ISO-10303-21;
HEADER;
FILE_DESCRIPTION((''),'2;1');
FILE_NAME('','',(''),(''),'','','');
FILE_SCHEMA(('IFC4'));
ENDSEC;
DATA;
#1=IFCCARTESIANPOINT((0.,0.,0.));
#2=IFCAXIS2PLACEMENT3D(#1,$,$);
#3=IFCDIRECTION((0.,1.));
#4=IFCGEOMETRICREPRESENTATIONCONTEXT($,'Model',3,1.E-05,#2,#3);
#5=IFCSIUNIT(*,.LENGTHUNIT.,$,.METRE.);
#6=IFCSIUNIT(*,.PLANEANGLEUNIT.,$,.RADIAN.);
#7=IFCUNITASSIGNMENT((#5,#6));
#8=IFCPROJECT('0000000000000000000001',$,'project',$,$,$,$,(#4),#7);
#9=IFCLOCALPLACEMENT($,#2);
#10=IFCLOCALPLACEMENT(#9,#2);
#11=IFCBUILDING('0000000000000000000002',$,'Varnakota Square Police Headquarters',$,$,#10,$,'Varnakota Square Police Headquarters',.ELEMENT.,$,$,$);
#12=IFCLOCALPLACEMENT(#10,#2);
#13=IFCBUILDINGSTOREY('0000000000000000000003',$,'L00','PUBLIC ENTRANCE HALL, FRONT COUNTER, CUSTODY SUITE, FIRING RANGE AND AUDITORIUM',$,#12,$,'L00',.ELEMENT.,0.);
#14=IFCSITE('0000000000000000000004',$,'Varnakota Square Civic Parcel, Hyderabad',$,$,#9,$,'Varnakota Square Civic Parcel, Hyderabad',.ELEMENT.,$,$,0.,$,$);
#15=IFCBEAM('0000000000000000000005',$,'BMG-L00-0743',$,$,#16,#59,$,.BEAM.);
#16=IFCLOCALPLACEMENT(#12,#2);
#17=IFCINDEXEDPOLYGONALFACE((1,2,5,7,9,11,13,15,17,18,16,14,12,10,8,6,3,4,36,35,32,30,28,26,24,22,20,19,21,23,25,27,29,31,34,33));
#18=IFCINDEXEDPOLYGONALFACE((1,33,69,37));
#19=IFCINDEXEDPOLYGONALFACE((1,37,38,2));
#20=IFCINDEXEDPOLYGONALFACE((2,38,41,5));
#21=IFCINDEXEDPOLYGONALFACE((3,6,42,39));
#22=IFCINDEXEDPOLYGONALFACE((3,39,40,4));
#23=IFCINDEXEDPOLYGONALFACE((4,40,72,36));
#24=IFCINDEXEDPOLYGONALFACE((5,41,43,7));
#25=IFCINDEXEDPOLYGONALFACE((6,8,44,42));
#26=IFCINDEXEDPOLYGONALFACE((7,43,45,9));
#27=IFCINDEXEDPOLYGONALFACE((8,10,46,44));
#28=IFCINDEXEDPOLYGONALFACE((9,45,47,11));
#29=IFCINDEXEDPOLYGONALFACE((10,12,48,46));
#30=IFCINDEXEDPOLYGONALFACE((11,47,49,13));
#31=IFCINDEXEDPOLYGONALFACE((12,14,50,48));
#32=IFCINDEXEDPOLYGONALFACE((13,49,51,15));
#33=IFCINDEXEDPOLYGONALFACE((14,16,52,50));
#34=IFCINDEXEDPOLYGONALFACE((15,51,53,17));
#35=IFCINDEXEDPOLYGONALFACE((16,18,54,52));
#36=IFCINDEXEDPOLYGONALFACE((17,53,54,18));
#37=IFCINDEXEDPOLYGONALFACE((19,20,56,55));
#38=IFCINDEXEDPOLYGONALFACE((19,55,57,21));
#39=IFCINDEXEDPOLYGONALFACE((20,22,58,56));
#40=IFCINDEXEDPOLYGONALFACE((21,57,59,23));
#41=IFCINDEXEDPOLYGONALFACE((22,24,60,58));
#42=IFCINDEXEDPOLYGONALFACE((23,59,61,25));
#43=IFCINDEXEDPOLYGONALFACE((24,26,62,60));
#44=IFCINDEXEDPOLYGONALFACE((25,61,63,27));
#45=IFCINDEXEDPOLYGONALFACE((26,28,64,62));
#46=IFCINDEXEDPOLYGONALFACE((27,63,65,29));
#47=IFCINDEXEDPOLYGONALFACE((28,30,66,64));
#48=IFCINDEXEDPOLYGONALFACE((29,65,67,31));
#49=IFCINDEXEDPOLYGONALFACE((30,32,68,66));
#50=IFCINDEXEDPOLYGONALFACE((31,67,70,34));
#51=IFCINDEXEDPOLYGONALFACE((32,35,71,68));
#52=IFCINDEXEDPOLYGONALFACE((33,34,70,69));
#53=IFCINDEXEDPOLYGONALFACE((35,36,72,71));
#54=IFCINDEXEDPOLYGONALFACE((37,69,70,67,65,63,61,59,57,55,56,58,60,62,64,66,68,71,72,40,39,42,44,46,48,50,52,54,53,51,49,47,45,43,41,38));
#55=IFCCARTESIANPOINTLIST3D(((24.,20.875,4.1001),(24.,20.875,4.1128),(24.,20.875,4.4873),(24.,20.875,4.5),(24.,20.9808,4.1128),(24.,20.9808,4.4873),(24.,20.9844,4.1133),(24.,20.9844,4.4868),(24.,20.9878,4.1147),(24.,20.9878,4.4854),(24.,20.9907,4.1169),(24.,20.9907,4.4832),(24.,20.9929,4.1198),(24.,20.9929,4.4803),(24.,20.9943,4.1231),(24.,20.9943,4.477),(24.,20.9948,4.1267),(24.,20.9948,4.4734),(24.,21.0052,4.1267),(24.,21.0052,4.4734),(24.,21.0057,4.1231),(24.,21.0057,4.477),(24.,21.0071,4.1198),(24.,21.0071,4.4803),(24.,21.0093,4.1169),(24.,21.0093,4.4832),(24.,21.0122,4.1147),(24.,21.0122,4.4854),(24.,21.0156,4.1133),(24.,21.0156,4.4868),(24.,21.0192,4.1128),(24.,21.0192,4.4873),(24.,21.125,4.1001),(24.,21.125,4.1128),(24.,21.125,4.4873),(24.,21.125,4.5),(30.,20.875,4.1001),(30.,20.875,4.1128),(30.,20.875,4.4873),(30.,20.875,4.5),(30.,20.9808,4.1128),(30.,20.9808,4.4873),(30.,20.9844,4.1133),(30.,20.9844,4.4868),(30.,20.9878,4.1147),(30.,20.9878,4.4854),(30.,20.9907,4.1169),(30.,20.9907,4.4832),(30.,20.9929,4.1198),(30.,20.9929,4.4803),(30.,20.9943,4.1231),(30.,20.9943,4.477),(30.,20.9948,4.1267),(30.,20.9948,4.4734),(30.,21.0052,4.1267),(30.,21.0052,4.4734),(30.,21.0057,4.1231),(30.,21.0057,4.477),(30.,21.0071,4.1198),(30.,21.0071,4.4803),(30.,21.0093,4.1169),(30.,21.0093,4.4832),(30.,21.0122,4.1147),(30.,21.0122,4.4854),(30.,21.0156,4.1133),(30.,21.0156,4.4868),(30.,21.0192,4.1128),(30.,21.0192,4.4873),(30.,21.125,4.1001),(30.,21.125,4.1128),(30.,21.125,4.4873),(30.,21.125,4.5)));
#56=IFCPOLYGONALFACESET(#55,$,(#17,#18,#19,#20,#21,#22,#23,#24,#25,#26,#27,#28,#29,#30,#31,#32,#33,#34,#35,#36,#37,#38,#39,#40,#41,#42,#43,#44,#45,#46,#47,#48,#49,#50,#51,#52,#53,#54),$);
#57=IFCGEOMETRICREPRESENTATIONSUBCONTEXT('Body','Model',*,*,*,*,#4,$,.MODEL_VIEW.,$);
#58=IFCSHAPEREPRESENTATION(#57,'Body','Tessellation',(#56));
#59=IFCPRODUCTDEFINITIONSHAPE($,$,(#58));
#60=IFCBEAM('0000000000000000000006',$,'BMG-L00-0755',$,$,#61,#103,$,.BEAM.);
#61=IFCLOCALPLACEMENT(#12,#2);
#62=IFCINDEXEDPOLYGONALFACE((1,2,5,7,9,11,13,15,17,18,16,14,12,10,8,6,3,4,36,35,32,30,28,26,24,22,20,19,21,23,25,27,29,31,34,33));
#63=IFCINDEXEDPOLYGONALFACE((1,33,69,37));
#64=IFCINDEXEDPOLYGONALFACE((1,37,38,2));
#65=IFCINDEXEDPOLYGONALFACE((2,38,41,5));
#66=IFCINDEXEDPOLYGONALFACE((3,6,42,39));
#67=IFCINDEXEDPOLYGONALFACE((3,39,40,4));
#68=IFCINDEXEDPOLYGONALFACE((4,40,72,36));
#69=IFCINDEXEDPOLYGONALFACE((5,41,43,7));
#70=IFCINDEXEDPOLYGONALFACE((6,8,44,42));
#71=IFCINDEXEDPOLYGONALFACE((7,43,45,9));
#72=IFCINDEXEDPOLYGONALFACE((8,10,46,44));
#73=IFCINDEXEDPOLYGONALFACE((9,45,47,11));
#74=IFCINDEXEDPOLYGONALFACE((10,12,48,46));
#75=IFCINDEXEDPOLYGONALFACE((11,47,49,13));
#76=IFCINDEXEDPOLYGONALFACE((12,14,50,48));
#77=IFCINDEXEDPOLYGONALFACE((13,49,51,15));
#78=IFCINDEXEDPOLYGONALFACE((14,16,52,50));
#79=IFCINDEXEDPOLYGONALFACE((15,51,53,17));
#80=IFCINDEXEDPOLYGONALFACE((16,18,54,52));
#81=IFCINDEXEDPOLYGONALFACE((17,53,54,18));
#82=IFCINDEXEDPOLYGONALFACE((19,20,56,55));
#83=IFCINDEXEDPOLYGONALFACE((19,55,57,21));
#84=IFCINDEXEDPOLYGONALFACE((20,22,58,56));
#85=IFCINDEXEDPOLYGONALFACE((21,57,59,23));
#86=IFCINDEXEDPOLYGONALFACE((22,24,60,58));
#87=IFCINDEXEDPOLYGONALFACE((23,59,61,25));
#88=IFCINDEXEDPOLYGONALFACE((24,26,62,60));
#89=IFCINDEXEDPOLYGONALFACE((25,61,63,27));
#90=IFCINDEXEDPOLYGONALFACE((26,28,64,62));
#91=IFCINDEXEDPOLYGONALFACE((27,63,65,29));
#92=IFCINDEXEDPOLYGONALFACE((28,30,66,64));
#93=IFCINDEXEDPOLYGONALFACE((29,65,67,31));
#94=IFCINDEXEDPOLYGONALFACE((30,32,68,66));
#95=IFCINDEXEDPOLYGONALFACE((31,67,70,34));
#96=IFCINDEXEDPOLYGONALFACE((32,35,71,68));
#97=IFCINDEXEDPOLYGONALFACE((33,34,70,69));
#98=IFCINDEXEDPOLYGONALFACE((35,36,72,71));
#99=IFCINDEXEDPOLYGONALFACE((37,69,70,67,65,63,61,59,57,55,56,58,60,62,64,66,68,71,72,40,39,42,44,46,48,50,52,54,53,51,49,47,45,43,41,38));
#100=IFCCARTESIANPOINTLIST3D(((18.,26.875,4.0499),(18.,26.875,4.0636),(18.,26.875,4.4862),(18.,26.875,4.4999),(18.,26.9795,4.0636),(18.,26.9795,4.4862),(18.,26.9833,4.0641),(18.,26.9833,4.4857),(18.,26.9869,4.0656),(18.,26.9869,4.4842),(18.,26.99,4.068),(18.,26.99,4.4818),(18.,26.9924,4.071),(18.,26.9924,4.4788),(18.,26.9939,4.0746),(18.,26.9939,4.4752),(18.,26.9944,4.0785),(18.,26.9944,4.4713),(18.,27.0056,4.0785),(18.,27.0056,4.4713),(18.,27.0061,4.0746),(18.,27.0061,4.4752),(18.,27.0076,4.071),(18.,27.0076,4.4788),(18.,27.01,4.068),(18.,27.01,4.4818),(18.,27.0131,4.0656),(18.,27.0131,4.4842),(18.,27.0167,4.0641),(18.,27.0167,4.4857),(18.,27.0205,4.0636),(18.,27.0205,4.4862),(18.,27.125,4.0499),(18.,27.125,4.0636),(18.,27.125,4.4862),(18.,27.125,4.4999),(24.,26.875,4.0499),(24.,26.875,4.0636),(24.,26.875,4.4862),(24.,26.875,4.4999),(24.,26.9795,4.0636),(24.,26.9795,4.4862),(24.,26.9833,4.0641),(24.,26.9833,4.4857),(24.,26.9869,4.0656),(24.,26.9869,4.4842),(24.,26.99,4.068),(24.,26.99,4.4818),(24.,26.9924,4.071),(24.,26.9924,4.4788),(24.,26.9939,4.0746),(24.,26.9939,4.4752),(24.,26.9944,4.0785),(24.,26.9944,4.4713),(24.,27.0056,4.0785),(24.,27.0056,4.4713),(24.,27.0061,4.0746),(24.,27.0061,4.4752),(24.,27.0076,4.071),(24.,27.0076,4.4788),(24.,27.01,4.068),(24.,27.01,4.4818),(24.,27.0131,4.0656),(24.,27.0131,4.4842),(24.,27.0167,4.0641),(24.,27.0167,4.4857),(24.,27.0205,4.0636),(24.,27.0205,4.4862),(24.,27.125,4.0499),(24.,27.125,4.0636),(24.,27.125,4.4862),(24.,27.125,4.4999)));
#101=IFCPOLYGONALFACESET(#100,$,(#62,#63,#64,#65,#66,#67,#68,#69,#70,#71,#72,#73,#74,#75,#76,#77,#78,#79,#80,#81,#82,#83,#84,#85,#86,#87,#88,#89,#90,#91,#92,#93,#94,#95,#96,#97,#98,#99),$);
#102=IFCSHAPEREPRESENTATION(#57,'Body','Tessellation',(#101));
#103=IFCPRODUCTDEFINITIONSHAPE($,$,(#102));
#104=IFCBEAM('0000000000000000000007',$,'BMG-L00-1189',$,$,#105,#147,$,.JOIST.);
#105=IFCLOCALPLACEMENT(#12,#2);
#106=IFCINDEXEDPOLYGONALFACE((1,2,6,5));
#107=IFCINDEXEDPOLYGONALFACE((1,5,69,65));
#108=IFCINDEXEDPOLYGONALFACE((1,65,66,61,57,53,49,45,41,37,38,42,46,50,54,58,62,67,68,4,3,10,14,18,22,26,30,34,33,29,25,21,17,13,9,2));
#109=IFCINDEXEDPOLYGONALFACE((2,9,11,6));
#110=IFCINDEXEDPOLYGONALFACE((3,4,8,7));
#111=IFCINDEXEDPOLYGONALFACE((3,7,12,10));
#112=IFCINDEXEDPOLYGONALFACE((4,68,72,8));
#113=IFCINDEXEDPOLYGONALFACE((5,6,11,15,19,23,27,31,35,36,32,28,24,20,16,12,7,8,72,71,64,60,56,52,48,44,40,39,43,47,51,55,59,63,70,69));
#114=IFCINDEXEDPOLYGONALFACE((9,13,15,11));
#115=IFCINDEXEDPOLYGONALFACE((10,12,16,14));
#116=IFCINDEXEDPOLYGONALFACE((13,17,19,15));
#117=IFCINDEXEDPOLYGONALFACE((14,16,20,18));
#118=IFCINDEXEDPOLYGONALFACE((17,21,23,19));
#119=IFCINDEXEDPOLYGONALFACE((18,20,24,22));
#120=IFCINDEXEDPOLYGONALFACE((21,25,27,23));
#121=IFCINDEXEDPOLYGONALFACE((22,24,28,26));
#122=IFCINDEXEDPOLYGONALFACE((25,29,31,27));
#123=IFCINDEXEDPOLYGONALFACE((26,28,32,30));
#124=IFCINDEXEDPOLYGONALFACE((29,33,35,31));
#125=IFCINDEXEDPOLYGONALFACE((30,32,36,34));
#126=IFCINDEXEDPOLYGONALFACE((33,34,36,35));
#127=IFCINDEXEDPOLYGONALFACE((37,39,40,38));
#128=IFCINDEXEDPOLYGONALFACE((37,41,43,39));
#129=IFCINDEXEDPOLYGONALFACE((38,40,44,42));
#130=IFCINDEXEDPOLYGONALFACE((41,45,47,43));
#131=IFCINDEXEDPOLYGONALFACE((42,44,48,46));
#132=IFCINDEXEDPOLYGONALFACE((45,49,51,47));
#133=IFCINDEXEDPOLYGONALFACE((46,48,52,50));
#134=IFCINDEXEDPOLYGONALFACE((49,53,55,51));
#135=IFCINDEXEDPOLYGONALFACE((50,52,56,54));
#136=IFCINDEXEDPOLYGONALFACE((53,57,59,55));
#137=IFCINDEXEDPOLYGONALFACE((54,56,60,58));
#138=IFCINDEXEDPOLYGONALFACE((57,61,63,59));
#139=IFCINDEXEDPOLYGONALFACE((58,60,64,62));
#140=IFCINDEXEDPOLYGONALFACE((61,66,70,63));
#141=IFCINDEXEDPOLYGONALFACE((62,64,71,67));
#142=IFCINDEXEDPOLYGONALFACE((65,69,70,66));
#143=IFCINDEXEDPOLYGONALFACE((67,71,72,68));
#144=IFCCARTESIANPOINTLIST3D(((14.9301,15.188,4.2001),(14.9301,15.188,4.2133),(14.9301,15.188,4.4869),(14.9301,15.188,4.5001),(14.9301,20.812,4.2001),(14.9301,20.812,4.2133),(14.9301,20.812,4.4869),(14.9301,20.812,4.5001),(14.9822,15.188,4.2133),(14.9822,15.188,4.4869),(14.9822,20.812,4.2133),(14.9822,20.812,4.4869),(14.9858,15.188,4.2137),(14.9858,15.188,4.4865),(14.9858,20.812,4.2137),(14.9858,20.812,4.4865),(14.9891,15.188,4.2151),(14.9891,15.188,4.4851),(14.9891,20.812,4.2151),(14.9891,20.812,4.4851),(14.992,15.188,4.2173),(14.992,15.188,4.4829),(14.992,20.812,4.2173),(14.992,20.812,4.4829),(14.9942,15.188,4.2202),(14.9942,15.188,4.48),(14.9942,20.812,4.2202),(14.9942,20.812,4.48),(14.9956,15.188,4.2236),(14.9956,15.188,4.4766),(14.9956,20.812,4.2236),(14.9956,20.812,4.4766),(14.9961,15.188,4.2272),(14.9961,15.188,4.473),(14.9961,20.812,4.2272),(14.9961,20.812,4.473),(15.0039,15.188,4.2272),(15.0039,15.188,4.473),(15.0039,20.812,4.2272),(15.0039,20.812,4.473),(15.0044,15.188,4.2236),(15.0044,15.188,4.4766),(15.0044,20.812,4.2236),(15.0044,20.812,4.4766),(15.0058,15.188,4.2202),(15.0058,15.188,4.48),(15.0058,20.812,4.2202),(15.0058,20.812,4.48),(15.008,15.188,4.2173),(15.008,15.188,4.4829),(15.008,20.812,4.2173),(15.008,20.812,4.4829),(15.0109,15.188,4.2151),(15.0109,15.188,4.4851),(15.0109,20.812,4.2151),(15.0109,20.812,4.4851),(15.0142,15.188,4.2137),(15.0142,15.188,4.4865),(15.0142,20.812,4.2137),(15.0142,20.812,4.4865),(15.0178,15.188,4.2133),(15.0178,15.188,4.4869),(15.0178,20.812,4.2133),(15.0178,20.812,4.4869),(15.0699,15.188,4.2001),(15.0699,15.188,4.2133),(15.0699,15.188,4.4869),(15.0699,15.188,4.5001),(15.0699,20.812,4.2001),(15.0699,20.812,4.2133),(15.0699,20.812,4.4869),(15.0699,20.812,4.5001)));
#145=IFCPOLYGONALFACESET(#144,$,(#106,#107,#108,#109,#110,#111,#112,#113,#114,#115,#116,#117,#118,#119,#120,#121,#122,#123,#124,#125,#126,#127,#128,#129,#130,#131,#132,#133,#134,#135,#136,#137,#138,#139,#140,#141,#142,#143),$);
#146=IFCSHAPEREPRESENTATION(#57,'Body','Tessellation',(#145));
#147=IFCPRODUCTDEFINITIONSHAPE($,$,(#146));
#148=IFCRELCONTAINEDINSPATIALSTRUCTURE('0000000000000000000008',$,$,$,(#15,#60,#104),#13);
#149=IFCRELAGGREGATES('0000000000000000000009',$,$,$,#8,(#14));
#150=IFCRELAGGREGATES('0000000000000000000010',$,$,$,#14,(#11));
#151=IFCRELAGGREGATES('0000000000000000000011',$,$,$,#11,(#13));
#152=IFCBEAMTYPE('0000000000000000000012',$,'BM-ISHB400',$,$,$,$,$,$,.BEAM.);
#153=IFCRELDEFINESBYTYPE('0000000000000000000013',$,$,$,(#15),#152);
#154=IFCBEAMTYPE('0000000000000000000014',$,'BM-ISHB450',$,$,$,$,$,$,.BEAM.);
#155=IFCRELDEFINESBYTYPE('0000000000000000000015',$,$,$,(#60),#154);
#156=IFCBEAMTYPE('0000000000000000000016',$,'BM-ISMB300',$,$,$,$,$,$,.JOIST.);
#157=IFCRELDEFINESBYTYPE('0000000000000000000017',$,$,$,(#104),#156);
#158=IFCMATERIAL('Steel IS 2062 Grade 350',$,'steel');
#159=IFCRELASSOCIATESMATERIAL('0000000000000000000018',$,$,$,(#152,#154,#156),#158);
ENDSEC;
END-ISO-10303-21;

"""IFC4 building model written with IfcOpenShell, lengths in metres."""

from ifc_helpers import new_model, si_unit, direction, frame, origin, origin_2d, place, context, subcontext, project, spatial, i_section, extrude, material, material_profile, profile_set, type_object, element, save


model = new_model("IFC4")

# Units and contexts
model_context = context("Model", 3, precision=1e-05, world=origin(), true_north=direction((0.0, 1.0)))
body_context = subcontext(model_context, "Body", "Model", "MODEL_VIEW")
ifc_project = project(units=[si_unit("LENGTHUNIT", "METRE"), si_unit("PLANEANGLEUNIT", "RADIAN")], contexts=[model_context])

# Site, building, storey
site_placement = place(None, origin())
site = spatial("IfcSite", under=ifc_project, at=site_placement, Name="Varnakota Square Civic Parcel, Hyderabad", LongName="Varnakota Square Civic Parcel, Hyderabad", CompositionType="ELEMENT", RefElevation=0.0)
building_placement = place(site_placement, origin())
building = spatial("IfcBuilding", under=site, at=building_placement, Name="Varnakota Square Police Headquarters", LongName="Varnakota Square Police Headquarters", CompositionType="ELEMENT")
storey_placement = place(building_placement, origin())
storey = spatial("IfcBuildingStorey", under=building, at=storey_placement, Name="L00", Description="PUBLIC ENTRANCE HALL, FRONT COUNTER, CUSTODY SUITE, FIRING RANGE AND AUDITORIUM", LongName="L00", CompositionType="ELEMENT", Elevation=0.0)

# Beams
ifc_material_1 = material(Name="Steel IS 2062 Grade 350", Category="steel")
ifc_material_profile_1 = material_profile(ifc_material_1, i_section(OverallWidth=0.25, OverallDepth=0.3999, WebThickness=0.0105, FlangeThickness=0.0127, FilletRadius=0.0139, at=origin_2d()), Name="ISHB 400")
ifc_profile_set_1 = profile_set([ifc_material_profile_1], Name="Steel IS 2062 Grade 350")
beam_type_1 = type_object("IfcBeamType", Name="BM-ISHB400", PredefinedType="BEAM", material=ifc_profile_set_1)
for number, where, z_axis, x_axis, name in (
    (1, (24.0, 21.0, 4.3), (1.0, 0.0, 0.0), (0.0, 1.0, 0.0), "BMG-L00-0743"),
):
    element("IfcBeam", number, at=place(storey_placement, frame(where, z_axis=z_axis, x_axis=x_axis)), inside=storey, type_object=beam_type_1, Name=name, PredefinedType="BEAM", context=body_context, shape_type="SweptSolid", body=[
        extrude(i_section(OverallWidth=0.25, OverallDepth=0.3999, WebThickness=0.0105, FlangeThickness=0.0127, FilletRadius=0.0139, at=origin_2d()), origin(), (0.0, 0.0, 1.0), 6.0),
    ])
ifc_material_profile_2 = material_profile(ifc_material_1, i_section(OverallWidth=0.25, OverallDepth=0.45, WebThickness=0.0112, FlangeThickness=0.0137, FilletRadius=0.0149, at=origin_2d()), Name="ISHB 450")
ifc_profile_set_2 = profile_set([ifc_material_profile_2], Name="Steel IS 2062 Grade 350")
beam_type_2 = type_object("IfcBeamType", Name="BM-ISHB450", PredefinedType="BEAM", material=ifc_profile_set_2)
beam_1_placement = place(storey_placement, frame((18.0, 27.0, 4.2749), z_axis=(1.0, 0.0, 0.0), x_axis=(0.0, 1.0, 0.0)))
element("IfcBeam", 2, at=beam_1_placement, inside=storey, type_object=beam_type_2, Name="BMG-L00-0755", PredefinedType="BEAM", context=body_context, shape_type="SweptSolid", body=[
    extrude(i_section(OverallWidth=0.25, OverallDepth=0.45, WebThickness=0.0112, FlangeThickness=0.0137, FilletRadius=0.0149, at=origin_2d()), origin(), (0.0, 0.0, 1.0), 6.0),
])
ifc_material_profile_3 = material_profile(ifc_material_1, i_section(OverallWidth=0.1399, OverallDepth=0.3, WebThickness=0.0078, FlangeThickness=0.0132, FilletRadius=0.0139, at=origin_2d()), Name="ISMB 300")
ifc_profile_set_3 = profile_set([ifc_material_profile_3], Name="Steel IS 2062 Grade 350")
beam_type_3 = type_object("IfcBeamType", Name="BM-ISMB300", PredefinedType="JOIST", material=ifc_profile_set_3)
beam_2_placement = place(storey_placement, frame((15.0, 15.188, 4.3501), z_axis=(0.0, 1.0, 0.0), x_axis=(-1.0, 0.0, 0.0)))
element("IfcBeam", 3, at=beam_2_placement, inside=storey, type_object=beam_type_3, Name="BMG-L00-1189", PredefinedType="JOIST", context=body_context, shape_type="SweptSolid", body=[
    extrude(i_section(OverallWidth=0.1399, OverallDepth=0.3, WebThickness=0.0078, FlangeThickness=0.0132, FilletRadius=0.0139, at=origin_2d()), origin(), (0.0, 0.0, 1.0), 5.624),
])

save(model, "model.ifc")
